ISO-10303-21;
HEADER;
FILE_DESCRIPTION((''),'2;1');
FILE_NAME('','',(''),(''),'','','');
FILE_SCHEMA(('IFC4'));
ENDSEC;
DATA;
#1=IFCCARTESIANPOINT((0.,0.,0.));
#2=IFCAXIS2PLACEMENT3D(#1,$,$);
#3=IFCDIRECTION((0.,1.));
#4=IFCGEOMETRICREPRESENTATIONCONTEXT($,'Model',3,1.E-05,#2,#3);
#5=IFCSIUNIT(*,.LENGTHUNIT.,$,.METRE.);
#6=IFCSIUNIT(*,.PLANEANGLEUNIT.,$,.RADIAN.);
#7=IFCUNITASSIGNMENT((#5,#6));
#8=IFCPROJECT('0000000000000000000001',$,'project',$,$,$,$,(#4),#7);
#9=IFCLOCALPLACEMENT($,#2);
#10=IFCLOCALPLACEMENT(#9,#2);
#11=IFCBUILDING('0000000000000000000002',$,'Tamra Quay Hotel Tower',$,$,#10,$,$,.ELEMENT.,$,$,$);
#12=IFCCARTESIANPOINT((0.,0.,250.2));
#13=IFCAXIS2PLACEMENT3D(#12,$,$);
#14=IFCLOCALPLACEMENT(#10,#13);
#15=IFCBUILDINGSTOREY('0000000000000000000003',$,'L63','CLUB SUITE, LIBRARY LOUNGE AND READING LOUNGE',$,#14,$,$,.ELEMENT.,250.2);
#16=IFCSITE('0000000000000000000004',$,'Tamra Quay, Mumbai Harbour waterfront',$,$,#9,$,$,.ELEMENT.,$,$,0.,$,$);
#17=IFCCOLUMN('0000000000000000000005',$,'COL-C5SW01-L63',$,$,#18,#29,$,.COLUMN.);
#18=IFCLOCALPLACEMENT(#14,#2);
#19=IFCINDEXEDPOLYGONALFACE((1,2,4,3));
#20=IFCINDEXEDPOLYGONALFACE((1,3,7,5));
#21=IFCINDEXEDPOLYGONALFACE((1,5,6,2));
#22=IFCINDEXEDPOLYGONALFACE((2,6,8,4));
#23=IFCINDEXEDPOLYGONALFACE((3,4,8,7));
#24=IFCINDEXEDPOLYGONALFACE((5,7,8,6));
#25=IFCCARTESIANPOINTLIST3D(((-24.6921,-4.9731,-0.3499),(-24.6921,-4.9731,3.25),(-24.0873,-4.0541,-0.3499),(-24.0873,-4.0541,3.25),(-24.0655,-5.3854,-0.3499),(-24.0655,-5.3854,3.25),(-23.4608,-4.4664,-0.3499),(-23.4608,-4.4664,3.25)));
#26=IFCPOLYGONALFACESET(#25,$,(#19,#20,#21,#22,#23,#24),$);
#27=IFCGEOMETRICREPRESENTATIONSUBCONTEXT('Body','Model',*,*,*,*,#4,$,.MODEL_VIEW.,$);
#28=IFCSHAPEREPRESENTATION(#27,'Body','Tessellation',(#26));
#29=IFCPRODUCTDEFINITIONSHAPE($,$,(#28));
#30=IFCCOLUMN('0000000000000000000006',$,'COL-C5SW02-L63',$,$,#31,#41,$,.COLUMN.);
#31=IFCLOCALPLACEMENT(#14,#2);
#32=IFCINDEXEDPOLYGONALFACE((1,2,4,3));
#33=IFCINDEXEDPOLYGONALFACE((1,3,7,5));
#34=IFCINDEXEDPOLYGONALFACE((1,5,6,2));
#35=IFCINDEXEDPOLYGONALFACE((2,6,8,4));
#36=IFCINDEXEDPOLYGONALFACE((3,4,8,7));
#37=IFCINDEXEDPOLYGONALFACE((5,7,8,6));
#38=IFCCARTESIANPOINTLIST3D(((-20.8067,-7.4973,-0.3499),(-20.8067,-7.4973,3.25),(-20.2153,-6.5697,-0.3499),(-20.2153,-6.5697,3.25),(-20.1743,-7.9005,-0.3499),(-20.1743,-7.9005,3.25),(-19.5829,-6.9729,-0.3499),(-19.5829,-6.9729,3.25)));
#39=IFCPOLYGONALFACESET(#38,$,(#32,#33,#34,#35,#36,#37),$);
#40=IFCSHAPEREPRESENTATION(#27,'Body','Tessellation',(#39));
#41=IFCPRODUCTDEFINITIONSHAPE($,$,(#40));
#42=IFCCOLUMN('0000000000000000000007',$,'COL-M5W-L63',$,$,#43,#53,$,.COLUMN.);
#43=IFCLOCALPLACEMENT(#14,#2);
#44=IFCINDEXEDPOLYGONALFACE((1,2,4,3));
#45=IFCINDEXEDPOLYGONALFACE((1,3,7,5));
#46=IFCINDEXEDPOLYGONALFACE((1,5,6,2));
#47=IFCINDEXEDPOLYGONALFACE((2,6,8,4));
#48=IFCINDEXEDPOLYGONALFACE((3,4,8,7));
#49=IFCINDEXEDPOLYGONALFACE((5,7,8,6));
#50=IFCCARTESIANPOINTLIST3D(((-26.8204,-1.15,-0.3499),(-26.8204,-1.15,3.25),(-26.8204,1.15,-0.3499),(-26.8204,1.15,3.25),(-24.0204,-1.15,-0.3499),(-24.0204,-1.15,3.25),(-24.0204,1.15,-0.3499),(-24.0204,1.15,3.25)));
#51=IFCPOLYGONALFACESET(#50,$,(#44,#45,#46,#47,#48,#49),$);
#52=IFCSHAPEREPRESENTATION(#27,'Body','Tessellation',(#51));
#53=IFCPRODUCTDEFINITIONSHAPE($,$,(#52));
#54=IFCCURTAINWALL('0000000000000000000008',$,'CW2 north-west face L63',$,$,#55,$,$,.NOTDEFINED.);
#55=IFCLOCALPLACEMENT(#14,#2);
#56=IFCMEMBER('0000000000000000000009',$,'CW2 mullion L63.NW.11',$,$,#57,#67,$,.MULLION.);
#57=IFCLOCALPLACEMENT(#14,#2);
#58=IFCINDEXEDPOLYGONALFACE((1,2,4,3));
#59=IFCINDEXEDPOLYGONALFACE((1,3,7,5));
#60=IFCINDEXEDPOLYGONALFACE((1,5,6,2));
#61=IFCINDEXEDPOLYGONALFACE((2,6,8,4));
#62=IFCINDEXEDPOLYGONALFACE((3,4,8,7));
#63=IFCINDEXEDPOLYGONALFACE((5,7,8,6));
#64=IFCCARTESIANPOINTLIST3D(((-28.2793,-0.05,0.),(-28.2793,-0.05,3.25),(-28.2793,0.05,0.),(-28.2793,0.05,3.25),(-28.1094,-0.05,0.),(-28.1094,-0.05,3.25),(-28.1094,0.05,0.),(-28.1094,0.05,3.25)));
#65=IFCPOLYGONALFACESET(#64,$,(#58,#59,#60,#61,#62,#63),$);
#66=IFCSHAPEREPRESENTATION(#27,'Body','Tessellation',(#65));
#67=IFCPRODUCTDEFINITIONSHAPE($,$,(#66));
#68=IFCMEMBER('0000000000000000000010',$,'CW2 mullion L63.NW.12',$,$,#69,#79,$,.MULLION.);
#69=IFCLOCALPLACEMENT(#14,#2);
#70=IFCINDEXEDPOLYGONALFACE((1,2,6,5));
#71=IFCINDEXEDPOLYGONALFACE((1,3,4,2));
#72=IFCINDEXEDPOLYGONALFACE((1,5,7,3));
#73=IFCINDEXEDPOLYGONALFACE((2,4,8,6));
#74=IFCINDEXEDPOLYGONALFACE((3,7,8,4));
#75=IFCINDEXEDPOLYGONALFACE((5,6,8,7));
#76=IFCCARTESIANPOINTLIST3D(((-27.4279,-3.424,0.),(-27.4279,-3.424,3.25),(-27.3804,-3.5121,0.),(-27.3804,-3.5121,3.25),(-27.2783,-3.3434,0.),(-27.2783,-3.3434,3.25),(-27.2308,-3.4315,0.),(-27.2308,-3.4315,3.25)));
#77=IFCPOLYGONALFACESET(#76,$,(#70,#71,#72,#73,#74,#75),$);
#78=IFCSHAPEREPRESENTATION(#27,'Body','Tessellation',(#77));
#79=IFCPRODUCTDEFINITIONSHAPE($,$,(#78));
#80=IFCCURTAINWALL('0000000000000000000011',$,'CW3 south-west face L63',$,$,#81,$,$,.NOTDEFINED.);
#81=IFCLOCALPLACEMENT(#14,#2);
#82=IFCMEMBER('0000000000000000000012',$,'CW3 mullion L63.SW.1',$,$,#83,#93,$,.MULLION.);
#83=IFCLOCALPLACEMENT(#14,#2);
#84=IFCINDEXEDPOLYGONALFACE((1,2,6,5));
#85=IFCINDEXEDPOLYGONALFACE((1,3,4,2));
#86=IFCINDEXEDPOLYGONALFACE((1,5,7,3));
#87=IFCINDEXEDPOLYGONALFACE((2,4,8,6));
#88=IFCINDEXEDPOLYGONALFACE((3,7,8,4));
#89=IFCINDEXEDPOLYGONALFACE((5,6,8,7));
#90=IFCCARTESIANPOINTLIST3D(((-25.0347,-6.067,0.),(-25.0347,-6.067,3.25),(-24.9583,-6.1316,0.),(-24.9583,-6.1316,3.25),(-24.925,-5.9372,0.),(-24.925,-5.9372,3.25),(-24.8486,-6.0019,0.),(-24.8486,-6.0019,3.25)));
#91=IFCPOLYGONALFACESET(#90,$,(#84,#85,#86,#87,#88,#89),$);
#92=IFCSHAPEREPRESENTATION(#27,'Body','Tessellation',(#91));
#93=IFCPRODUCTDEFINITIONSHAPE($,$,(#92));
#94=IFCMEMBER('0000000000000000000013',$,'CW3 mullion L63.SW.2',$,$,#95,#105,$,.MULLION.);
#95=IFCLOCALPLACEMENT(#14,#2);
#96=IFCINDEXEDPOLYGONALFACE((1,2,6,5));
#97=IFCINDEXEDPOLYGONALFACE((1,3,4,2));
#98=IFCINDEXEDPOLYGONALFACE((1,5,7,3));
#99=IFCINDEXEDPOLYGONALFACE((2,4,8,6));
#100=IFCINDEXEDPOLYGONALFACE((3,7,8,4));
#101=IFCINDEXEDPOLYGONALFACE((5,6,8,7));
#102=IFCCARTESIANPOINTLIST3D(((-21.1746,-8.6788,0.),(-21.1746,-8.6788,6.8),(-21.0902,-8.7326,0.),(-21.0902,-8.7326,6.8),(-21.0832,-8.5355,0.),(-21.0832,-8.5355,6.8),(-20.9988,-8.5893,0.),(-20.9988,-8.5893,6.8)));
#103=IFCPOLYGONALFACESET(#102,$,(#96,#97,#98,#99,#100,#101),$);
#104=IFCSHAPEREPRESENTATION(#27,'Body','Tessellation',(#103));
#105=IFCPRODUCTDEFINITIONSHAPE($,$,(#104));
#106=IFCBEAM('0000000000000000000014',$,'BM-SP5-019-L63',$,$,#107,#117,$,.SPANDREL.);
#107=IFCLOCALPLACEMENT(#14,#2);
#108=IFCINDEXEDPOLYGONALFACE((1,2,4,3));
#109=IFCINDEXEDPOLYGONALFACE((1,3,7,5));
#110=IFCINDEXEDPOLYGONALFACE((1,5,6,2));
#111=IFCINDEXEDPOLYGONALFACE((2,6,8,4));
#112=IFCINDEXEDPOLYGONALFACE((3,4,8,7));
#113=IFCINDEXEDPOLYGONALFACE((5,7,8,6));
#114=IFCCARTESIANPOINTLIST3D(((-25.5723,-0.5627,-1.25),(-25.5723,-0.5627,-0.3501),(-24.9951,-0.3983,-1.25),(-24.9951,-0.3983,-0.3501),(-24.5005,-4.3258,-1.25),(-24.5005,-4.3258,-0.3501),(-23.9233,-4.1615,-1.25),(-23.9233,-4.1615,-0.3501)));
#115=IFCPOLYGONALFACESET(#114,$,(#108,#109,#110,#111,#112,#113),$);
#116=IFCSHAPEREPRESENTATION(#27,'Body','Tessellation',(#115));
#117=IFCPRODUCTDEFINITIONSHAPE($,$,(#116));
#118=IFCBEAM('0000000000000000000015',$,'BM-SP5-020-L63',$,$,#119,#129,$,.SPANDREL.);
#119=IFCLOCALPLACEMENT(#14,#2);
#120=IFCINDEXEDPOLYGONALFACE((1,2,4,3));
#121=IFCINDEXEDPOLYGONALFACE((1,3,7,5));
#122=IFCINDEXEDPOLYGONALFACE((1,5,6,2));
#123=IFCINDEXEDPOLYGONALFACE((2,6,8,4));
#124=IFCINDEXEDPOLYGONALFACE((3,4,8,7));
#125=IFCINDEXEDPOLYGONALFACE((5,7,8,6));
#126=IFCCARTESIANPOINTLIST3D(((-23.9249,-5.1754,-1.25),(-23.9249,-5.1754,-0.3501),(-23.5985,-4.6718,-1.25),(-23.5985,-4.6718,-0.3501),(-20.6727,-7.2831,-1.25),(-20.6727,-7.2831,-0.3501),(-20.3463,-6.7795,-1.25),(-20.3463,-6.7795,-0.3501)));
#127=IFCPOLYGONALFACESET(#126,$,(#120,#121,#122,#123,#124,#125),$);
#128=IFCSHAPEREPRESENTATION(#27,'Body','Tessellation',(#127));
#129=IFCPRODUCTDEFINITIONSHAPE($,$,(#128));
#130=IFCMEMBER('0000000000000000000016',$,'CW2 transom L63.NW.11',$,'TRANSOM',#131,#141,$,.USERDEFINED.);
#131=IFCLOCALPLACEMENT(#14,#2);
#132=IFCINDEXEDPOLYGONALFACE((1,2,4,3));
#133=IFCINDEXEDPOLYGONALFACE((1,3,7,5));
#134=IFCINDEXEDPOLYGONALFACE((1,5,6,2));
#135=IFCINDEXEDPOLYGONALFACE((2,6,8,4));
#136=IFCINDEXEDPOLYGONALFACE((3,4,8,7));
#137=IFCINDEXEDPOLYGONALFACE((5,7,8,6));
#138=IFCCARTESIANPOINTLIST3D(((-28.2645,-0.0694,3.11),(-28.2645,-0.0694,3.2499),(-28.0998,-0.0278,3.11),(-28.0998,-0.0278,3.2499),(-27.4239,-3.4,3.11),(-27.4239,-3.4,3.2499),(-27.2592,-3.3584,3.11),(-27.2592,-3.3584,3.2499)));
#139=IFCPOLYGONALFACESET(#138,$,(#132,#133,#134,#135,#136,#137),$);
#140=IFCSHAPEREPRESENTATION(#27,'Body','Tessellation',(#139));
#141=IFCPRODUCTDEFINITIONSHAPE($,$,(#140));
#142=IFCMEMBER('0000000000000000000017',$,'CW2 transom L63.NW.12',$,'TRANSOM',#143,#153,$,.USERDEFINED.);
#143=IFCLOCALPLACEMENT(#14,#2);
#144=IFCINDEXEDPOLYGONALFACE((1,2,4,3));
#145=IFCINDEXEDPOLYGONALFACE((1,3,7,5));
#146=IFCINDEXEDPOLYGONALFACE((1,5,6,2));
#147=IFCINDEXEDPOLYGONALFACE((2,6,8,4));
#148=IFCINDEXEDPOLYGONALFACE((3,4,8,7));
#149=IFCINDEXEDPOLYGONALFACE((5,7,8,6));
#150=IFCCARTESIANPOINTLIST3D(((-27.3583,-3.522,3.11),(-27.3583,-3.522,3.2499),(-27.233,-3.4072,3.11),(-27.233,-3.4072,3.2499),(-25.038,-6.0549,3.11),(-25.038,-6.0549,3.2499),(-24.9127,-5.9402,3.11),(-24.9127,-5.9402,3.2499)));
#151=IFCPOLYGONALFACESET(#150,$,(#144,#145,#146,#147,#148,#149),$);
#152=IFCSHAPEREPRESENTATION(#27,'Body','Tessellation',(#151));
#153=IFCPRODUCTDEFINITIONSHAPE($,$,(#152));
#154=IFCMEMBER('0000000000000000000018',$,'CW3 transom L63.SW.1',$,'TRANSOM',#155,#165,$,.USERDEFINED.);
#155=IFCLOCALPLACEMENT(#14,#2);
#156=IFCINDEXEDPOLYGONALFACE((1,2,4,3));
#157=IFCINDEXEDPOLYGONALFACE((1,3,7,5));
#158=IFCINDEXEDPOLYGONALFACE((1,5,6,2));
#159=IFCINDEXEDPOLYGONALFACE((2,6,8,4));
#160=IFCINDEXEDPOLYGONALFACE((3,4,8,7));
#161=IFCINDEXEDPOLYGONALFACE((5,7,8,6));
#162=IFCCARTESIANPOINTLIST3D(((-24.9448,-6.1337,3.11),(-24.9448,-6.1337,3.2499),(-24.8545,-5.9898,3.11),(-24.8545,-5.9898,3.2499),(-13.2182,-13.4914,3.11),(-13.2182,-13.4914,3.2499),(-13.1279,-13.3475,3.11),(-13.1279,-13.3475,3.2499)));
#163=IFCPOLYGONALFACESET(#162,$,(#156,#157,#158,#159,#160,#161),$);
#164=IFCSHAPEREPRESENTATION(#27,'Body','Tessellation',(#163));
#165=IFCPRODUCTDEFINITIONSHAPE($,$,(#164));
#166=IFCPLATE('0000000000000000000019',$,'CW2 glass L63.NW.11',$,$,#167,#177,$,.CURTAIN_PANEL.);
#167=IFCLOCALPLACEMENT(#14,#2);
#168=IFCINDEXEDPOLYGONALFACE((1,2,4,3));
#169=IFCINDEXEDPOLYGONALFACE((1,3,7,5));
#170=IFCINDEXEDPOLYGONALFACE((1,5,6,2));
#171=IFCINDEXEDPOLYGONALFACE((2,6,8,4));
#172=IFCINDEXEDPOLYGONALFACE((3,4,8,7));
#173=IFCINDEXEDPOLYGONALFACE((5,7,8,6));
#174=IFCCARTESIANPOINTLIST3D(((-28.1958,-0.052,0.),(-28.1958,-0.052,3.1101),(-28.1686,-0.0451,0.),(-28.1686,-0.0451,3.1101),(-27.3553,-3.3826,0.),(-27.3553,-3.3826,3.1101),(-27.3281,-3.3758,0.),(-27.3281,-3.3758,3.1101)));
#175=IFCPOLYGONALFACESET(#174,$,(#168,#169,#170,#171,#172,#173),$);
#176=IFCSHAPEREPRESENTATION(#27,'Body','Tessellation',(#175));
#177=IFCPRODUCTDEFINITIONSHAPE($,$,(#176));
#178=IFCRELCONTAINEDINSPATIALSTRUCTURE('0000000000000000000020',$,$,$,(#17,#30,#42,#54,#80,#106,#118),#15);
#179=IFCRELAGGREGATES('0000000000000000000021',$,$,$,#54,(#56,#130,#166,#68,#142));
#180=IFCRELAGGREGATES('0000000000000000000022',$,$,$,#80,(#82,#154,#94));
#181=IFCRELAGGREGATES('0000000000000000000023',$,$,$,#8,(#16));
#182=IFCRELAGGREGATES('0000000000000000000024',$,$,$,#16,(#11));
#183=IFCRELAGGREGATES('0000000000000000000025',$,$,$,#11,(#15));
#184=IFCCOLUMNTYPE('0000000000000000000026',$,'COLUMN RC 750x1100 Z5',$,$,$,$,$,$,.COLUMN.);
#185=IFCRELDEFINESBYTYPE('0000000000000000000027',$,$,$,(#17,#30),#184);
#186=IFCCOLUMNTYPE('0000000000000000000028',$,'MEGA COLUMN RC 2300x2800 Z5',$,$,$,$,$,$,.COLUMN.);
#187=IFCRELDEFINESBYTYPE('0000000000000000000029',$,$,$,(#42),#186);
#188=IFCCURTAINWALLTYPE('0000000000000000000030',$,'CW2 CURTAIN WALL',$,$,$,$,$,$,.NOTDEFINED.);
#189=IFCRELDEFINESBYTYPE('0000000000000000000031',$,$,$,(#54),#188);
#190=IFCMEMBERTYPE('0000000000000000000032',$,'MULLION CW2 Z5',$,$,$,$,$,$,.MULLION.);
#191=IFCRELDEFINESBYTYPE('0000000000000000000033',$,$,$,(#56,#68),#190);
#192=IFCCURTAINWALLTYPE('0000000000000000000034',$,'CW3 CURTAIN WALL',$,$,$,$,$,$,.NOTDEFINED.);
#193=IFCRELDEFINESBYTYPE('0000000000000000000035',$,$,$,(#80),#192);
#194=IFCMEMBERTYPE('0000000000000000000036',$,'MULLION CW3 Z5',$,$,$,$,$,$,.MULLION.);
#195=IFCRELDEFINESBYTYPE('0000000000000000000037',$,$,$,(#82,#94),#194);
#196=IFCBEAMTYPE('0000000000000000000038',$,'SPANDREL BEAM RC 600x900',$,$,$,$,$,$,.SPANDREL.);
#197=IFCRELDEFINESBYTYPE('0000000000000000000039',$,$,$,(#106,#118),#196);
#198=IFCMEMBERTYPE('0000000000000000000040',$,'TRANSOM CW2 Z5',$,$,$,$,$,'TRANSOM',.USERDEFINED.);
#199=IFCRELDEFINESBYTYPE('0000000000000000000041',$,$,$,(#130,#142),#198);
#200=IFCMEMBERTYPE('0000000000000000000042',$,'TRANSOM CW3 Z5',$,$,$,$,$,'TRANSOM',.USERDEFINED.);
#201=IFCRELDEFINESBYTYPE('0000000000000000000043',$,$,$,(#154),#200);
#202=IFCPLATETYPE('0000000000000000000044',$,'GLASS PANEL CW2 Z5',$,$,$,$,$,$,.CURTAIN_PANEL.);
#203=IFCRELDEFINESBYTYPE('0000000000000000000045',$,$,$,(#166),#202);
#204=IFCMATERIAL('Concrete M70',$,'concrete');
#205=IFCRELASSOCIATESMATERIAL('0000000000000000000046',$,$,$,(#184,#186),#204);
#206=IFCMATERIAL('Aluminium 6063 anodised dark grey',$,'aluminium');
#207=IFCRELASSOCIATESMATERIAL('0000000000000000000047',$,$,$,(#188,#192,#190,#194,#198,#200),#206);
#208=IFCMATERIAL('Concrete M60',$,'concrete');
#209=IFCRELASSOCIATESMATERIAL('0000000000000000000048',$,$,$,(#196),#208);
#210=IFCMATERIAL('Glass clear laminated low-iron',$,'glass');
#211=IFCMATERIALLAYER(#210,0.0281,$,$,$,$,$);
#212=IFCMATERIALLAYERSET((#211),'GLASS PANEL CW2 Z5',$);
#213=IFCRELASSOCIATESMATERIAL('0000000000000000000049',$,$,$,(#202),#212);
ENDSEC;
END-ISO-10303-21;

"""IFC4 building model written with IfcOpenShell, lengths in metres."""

from ifc_helpers import new_model, si_unit, direction, frame, origin, origin_2d, place, context, subcontext, project, spatial, rectangle, extrude, material, layer, layer_set, material_profile, profile_set, type_object, element, aggregate, save


model = new_model("IFC4")

# Units and contexts
model_context = context("Model", 3, precision=1e-05, world=origin(), true_north=direction((0.0, 1.0)))
body_context = subcontext(model_context, "Body", "Model", "MODEL_VIEW")
ifc_project = project(units=[si_unit("LENGTHUNIT", "METRE"), si_unit("PLANEANGLEUNIT", "RADIAN")], contexts=[model_context])

# Site, building, storey
site_placement = place(None, origin())
site = spatial("IfcSite", under=ifc_project, at=site_placement, Name="Tamra Quay, Mumbai Harbour waterfront", CompositionType="ELEMENT", RefElevation=0.0)
building_placement = place(site_placement, origin())
building = spatial("IfcBuilding", under=site, at=building_placement, Name="Tamra Quay Hotel Tower", CompositionType="ELEMENT")
storey_placement = place(building_placement, frame((0.0, 0.0, 250.2)))
storey = spatial("IfcBuildingStorey", under=building, at=storey_placement, Name="L63", Description="CLUB SUITE, LIBRARY LOUNGE AND READING LOUNGE", CompositionType="ELEMENT", Elevation=250.2)

# Columns
ifc_material_1 = material(Name="Concrete M70", Category="concrete")
ifc_material_profile_1 = material_profile(ifc_material_1, rectangle(XDim=1.1001, YDim=0.75, at=origin_2d()), Name="COLUMN RC 750x1100 Z5")
ifc_profile_set_1 = profile_set([ifc_material_profile_1], Name="Concrete M70")
column_type_1 = type_object("IfcColumnType", Name="COLUMN RC 750x1100 Z5", PredefinedType="COLUMN", material=ifc_profile_set_1)
for number, where, z_axis, x_axis, name in (
    (1, (-24.0764, -4.7197, -0.3499), (0.0, 0.0, 1.0), (0.549739, 0.835337, 0.0), "COL-C5SW01-L63"),
    (2, (-20.1948, -7.2351, -0.3499), (0.0, 0.0, 1.0), (0.537585, 0.843209, 0.0), "COL-C5SW02-L63"),
):
    element("IfcColumn", number, at=place(storey_placement, frame(where, z_axis=z_axis, x_axis=x_axis)), inside=storey, type_object=column_type_1, Name=name, PredefinedType="COLUMN", context=body_context, shape_type="SweptSolid", body=[
        extrude(rectangle(XDim=1.1001, YDim=0.75, at=origin_2d()), origin(), (0.0, 0.0, 1.0), 3.5999),
    ])
ifc_material_profile_2 = material_profile(ifc_material_1, rectangle(XDim=2.8, YDim=2.3, at=origin_2d()), Name="MEGA COLUMN RC 2300x2800 Z5")
ifc_profile_set_2 = profile_set([ifc_material_profile_2], Name="Concrete M70")
column_type_2 = type_object("IfcColumnType", Name="MEGA COLUMN RC 2300x2800 Z5", PredefinedType="COLUMN", material=ifc_profile_set_2)
column_placement = place(storey_placement, frame((-25.4204, 0.0, -0.3499), z_axis=(0.0, 0.0, 1.0), x_axis=(1.0, 0.0, 0.0)))
element("IfcColumn", 3, at=column_placement, inside=storey, type_object=column_type_2, Name="COL-M5W-L63", PredefinedType="COLUMN", context=body_context, shape_type="SweptSolid", body=[
    extrude(rectangle(XDim=2.8, YDim=2.3, at=origin_2d()), origin(), (0.0, 0.0, 1.0), 3.5999),
])

# Curtain walls, members
ifc_material_2 = material(Name="Aluminium 6063 anodised dark grey", Category="aluminium")
curtain_wall_type_1 = type_object("IfcCurtainWallType", Name="CW2 CURTAIN WALL", PredefinedType="NOTDEFINED", material=ifc_material_2)
curtain_wall_1_placement = place(storey_placement, origin())
curtain_wall_1 = element("IfcCurtainWall", 4, at=curtain_wall_1_placement, inside=storey, type_object=curtain_wall_type_1, Name="CW2 north-west face L63", PredefinedType="NOTDEFINED")
ifc_material_profile_3 = material_profile(ifc_material_2, rectangle(XDim=0.1699, YDim=0.1001, at=origin_2d()), Name="MULLION 100X170")
ifc_profile_set_3 = profile_set([ifc_material_profile_3], Name="Aluminium 6063 anodised dark grey")
member_type_1 = type_object("IfcMemberType", Name="MULLION CW2 Z5", PredefinedType="MULLION", material=ifc_profile_set_3)
member_1_placement = place(storey_placement, frame((-28.1943, 0.0, 0.0), z_axis=(0.0, 0.0, 1.0), x_axis=(-1.0, 0.0, 0.0)))
member_1 = element("IfcMember", 5, at=member_1_placement, type_object=member_type_1, Name="CW2 mullion L63.NW.11", PredefinedType="MULLION", context=body_context, shape_type="SweptSolid", body=[
    extrude(rectangle(XDim=0.1699, YDim=0.1001, at=origin_2d()), origin(), (0.0, 0.0, 1.0), 3.25),
])
member_2_placement = place(storey_placement, frame((-27.3293, -3.4277, 0.0), z_axis=(0.0, 0.0, 1.0), x_axis=(-0.880267, -0.474479, 0.0)))
member_2 = element("IfcMember", 6, at=member_2_placement, type_object=member_type_1, Name="CW2 mullion L63.NW.12", PredefinedType="MULLION", context=body_context, shape_type="SweptSolid", body=[
    extrude(rectangle(XDim=0.1699, YDim=0.1001, at=origin_2d()), origin(), (0.0, 0.0, 1.0), 3.25),
])
curtain_wall_type_2 = type_object("IfcCurtainWallType", Name="CW3 CURTAIN WALL", PredefinedType="NOTDEFINED", material=ifc_material_2)
curtain_wall_2_placement = place(storey_placement, origin())
curtain_wall_2 = element("IfcCurtainWall", 7, at=curtain_wall_2_placement, inside=storey, type_object=curtain_wall_type_2, Name="CW3 south-west face L63", PredefinedType="NOTDEFINED")
ifc_material_profile_4 = material_profile(ifc_material_2, rectangle(XDim=0.1699, YDim=0.1001, at=origin_2d()), Name="MULLION 100X170")
ifc_profile_set_4 = profile_set([ifc_material_profile_4], Name="Aluminium 6063 anodised dark grey")
member_type_2 = type_object("IfcMemberType", Name="MULLION CW3 Z5", PredefinedType="MULLION", material=ifc_profile_set_4)
member_3_placement = place(storey_placement, frame((-24.9417, -6.0344, 0.0), z_axis=(0.0, 0.0, 1.0), x_axis=(-0.645846, -0.763467, 0.0)))
member_3 = element("IfcMember", 8, at=member_3_placement, type_object=member_type_2, Name="CW3 mullion L63.SW.1", PredefinedType="MULLION", context=body_context, shape_type="SweptSolid", body=[
    extrude(rectangle(XDim=0.1699, YDim=0.1001, at=origin_2d()), origin(), (0.0, 0.0, 1.0), 3.25),
])
member_4_placement = place(storey_placement, frame((-21.0867, -8.634, 0.0), z_axis=(0.0, 0.0, 1.0), x_axis=(-0.537684, -0.843146, 0.0)))
member_4 = element("IfcMember", 9, at=member_4_placement, type_object=member_type_2, Name="CW3 mullion L63.SW.2", PredefinedType="MULLION", context=body_context, shape_type="SweptSolid", body=[
    extrude(rectangle(XDim=0.1699, YDim=0.1001, at=origin_2d()), origin(), (0.0, 0.0, 1.0), 6.8),
])

# Beams
ifc_material_3 = material(Name="Concrete M60", Category="concrete")
ifc_material_profile_5 = material_profile(ifc_material_3, rectangle(XDim=0.6001, YDim=0.8999, at=origin_2d()), Name="SPANDREL BEAM RC 600x900")
ifc_profile_set_5 = profile_set([ifc_material_profile_5], Name="Concrete M60")
beam_type = type_object("IfcBeamType", Name="SPANDREL BEAM RC 600x900", PredefinedType="SPANDREL", material=ifc_profile_set_5)
beam_1_placement = place(storey_placement, frame((-25.2837, -0.4805, -0.8), z_axis=(0.273913, -0.961754, 0.0), x_axis=(0.961754, 0.273913, 0.0)))
element("IfcBeam", 10, at=beam_1_placement, inside=storey, type_object=beam_type, Name="BM-SP5-019-L63", PredefinedType="SPANDREL", context=body_context, shape_type="SweptSolid", body=[
    extrude(rectangle(XDim=0.6001, YDim=0.8999, at=origin_2d()), origin(), (0.0, 0.0, 1.0), 3.9128),
])
beam_2_placement = place(storey_placement, frame((-23.7617, -4.9236, -0.8), z_axis=(0.839181, -0.543852, 0.0), x_axis=(0.543852, 0.839181, 0.0)))
element("IfcBeam", 11, at=beam_2_placement, inside=storey, type_object=beam_type, Name="BM-SP5-020-L63", PredefinedType="SPANDREL", context=body_context, shape_type="SweptSolid", body=[
    extrude(rectangle(XDim=0.6001, YDim=0.8999, at=origin_2d()), origin(), (0.0, 0.0, 1.0), 3.8755),
])

# Members
ifc_material_profile_6 = material_profile(ifc_material_2, rectangle(XDim=0.1699, YDim=0.1399, at=origin_2d()), Name="TRANSOM 170X140")
ifc_profile_set_6 = profile_set([ifc_material_profile_6], Name="Aluminium 6063 anodised dark grey")
member_type_3 = type_object("IfcMemberType", Name="TRANSOM CW2 Z5", ElementType="TRANSOM", PredefinedType="USERDEFINED", material=ifc_profile_set_6)
member_5_placement = place(storey_placement, frame((-28.1821, -0.0486, 3.1799), z_axis=(0.244709, -0.969597, 0.0), x_axis=(0.969597, 0.244709, 0.0)))
member_5 = element("IfcMember", 12, at=member_5_placement, type_object=member_type_3, Name="CW2 transom L63.NW.11", ObjectType="TRANSOM", PredefinedType="USERDEFINED", context=body_context, shape_type="SweptSolid", body=[
    extrude(rectangle(XDim=0.1699, YDim=0.1399, at=origin_2d()), origin(), (0.0, 0.0, 1.0), 3.4351),
])
member_6_placement = place(storey_placement, frame((-27.2957, -3.4646, 3.1799), z_axis=(0.675477, -0.737381, 0.0), x_axis=(0.737381, 0.675477, 0.0)))
member_6 = element("IfcMember", 13, at=member_6_placement, type_object=member_type_3, Name="CW2 transom L63.NW.12", ObjectType="TRANSOM", PredefinedType="USERDEFINED", context=body_context, shape_type="SweptSolid", body=[
    extrude(rectangle(XDim=0.1699, YDim=0.1399, at=origin_2d()), origin(), (0.0, 0.0, 1.0), 3.4351),
])
ifc_material_profile_7 = material_profile(ifc_material_2, rectangle(XDim=0.1699, YDim=0.1399, at=origin_2d()), Name="TRANSOM 170X140")
ifc_profile_set_7 = profile_set([ifc_material_profile_7], Name="Aluminium 6063 anodised dark grey")
member_type_4 = type_object("IfcMemberType", Name="TRANSOM CW3 Z5", ElementType="TRANSOM", PredefinedType="USERDEFINED", material=ifc_profile_set_7)
member_7_placement = place(storey_placement, frame((-24.8997, -6.0618, 3.1799), z_axis=(0.84707, -0.531482, 0.0), x_axis=(0.531482, 0.84707, 0.0)))
member_7 = element("IfcMember", 14, at=member_7_placement, type_object=member_type_4, Name="CW3 transom L63.SW.1", ObjectType="TRANSOM", PredefinedType="USERDEFINED", context=body_context, shape_type="SweptSolid", body=[
    extrude(rectangle(XDim=0.1699, YDim=0.1399, at=origin_2d()), origin(), (0.0, 0.0, 1.0), 13.8438),
])

# Plate
ifc_material_4 = material(Name="Glass clear laminated low-iron", Category="glass")
ifc_layer_1 = layer(ifc_material_4, 0.0281)
ifc_layer_set_1 = layer_set([ifc_layer_1], Name="GLASS PANEL CW2 Z5")
plate_type_1 = type_object("IfcPlateType", Name="GLASS PANEL CW2 Z5", PredefinedType="CURTAIN_PANEL", material=ifc_layer_set_1)
plate_1_placement = place(storey_placement, frame((-27.762, -1.7139, 0.0), z_axis=(0.0, 0.0, 1.0), x_axis=(0.244677, -0.969605, 0.0)))
plate_1 = element("IfcPlate", 15, at=plate_1_placement, type_object=plate_type_1, Name="CW2 glass L63.NW.11", PredefinedType="CURTAIN_PANEL", context=body_context, shape_type="SweptSolid", body=[
    extrude(rectangle(XDim=3.4351, YDim=0.0281, at=origin_2d()), origin(), (0.0, 0.0, 1.0), 3.1101),
])
aggregate(curtain_wall_1, [member_1, member_5, plate_1, member_2, member_6])
aggregate(curtain_wall_2, [member_3, member_7, member_4])

save(model, "model.ifc")
